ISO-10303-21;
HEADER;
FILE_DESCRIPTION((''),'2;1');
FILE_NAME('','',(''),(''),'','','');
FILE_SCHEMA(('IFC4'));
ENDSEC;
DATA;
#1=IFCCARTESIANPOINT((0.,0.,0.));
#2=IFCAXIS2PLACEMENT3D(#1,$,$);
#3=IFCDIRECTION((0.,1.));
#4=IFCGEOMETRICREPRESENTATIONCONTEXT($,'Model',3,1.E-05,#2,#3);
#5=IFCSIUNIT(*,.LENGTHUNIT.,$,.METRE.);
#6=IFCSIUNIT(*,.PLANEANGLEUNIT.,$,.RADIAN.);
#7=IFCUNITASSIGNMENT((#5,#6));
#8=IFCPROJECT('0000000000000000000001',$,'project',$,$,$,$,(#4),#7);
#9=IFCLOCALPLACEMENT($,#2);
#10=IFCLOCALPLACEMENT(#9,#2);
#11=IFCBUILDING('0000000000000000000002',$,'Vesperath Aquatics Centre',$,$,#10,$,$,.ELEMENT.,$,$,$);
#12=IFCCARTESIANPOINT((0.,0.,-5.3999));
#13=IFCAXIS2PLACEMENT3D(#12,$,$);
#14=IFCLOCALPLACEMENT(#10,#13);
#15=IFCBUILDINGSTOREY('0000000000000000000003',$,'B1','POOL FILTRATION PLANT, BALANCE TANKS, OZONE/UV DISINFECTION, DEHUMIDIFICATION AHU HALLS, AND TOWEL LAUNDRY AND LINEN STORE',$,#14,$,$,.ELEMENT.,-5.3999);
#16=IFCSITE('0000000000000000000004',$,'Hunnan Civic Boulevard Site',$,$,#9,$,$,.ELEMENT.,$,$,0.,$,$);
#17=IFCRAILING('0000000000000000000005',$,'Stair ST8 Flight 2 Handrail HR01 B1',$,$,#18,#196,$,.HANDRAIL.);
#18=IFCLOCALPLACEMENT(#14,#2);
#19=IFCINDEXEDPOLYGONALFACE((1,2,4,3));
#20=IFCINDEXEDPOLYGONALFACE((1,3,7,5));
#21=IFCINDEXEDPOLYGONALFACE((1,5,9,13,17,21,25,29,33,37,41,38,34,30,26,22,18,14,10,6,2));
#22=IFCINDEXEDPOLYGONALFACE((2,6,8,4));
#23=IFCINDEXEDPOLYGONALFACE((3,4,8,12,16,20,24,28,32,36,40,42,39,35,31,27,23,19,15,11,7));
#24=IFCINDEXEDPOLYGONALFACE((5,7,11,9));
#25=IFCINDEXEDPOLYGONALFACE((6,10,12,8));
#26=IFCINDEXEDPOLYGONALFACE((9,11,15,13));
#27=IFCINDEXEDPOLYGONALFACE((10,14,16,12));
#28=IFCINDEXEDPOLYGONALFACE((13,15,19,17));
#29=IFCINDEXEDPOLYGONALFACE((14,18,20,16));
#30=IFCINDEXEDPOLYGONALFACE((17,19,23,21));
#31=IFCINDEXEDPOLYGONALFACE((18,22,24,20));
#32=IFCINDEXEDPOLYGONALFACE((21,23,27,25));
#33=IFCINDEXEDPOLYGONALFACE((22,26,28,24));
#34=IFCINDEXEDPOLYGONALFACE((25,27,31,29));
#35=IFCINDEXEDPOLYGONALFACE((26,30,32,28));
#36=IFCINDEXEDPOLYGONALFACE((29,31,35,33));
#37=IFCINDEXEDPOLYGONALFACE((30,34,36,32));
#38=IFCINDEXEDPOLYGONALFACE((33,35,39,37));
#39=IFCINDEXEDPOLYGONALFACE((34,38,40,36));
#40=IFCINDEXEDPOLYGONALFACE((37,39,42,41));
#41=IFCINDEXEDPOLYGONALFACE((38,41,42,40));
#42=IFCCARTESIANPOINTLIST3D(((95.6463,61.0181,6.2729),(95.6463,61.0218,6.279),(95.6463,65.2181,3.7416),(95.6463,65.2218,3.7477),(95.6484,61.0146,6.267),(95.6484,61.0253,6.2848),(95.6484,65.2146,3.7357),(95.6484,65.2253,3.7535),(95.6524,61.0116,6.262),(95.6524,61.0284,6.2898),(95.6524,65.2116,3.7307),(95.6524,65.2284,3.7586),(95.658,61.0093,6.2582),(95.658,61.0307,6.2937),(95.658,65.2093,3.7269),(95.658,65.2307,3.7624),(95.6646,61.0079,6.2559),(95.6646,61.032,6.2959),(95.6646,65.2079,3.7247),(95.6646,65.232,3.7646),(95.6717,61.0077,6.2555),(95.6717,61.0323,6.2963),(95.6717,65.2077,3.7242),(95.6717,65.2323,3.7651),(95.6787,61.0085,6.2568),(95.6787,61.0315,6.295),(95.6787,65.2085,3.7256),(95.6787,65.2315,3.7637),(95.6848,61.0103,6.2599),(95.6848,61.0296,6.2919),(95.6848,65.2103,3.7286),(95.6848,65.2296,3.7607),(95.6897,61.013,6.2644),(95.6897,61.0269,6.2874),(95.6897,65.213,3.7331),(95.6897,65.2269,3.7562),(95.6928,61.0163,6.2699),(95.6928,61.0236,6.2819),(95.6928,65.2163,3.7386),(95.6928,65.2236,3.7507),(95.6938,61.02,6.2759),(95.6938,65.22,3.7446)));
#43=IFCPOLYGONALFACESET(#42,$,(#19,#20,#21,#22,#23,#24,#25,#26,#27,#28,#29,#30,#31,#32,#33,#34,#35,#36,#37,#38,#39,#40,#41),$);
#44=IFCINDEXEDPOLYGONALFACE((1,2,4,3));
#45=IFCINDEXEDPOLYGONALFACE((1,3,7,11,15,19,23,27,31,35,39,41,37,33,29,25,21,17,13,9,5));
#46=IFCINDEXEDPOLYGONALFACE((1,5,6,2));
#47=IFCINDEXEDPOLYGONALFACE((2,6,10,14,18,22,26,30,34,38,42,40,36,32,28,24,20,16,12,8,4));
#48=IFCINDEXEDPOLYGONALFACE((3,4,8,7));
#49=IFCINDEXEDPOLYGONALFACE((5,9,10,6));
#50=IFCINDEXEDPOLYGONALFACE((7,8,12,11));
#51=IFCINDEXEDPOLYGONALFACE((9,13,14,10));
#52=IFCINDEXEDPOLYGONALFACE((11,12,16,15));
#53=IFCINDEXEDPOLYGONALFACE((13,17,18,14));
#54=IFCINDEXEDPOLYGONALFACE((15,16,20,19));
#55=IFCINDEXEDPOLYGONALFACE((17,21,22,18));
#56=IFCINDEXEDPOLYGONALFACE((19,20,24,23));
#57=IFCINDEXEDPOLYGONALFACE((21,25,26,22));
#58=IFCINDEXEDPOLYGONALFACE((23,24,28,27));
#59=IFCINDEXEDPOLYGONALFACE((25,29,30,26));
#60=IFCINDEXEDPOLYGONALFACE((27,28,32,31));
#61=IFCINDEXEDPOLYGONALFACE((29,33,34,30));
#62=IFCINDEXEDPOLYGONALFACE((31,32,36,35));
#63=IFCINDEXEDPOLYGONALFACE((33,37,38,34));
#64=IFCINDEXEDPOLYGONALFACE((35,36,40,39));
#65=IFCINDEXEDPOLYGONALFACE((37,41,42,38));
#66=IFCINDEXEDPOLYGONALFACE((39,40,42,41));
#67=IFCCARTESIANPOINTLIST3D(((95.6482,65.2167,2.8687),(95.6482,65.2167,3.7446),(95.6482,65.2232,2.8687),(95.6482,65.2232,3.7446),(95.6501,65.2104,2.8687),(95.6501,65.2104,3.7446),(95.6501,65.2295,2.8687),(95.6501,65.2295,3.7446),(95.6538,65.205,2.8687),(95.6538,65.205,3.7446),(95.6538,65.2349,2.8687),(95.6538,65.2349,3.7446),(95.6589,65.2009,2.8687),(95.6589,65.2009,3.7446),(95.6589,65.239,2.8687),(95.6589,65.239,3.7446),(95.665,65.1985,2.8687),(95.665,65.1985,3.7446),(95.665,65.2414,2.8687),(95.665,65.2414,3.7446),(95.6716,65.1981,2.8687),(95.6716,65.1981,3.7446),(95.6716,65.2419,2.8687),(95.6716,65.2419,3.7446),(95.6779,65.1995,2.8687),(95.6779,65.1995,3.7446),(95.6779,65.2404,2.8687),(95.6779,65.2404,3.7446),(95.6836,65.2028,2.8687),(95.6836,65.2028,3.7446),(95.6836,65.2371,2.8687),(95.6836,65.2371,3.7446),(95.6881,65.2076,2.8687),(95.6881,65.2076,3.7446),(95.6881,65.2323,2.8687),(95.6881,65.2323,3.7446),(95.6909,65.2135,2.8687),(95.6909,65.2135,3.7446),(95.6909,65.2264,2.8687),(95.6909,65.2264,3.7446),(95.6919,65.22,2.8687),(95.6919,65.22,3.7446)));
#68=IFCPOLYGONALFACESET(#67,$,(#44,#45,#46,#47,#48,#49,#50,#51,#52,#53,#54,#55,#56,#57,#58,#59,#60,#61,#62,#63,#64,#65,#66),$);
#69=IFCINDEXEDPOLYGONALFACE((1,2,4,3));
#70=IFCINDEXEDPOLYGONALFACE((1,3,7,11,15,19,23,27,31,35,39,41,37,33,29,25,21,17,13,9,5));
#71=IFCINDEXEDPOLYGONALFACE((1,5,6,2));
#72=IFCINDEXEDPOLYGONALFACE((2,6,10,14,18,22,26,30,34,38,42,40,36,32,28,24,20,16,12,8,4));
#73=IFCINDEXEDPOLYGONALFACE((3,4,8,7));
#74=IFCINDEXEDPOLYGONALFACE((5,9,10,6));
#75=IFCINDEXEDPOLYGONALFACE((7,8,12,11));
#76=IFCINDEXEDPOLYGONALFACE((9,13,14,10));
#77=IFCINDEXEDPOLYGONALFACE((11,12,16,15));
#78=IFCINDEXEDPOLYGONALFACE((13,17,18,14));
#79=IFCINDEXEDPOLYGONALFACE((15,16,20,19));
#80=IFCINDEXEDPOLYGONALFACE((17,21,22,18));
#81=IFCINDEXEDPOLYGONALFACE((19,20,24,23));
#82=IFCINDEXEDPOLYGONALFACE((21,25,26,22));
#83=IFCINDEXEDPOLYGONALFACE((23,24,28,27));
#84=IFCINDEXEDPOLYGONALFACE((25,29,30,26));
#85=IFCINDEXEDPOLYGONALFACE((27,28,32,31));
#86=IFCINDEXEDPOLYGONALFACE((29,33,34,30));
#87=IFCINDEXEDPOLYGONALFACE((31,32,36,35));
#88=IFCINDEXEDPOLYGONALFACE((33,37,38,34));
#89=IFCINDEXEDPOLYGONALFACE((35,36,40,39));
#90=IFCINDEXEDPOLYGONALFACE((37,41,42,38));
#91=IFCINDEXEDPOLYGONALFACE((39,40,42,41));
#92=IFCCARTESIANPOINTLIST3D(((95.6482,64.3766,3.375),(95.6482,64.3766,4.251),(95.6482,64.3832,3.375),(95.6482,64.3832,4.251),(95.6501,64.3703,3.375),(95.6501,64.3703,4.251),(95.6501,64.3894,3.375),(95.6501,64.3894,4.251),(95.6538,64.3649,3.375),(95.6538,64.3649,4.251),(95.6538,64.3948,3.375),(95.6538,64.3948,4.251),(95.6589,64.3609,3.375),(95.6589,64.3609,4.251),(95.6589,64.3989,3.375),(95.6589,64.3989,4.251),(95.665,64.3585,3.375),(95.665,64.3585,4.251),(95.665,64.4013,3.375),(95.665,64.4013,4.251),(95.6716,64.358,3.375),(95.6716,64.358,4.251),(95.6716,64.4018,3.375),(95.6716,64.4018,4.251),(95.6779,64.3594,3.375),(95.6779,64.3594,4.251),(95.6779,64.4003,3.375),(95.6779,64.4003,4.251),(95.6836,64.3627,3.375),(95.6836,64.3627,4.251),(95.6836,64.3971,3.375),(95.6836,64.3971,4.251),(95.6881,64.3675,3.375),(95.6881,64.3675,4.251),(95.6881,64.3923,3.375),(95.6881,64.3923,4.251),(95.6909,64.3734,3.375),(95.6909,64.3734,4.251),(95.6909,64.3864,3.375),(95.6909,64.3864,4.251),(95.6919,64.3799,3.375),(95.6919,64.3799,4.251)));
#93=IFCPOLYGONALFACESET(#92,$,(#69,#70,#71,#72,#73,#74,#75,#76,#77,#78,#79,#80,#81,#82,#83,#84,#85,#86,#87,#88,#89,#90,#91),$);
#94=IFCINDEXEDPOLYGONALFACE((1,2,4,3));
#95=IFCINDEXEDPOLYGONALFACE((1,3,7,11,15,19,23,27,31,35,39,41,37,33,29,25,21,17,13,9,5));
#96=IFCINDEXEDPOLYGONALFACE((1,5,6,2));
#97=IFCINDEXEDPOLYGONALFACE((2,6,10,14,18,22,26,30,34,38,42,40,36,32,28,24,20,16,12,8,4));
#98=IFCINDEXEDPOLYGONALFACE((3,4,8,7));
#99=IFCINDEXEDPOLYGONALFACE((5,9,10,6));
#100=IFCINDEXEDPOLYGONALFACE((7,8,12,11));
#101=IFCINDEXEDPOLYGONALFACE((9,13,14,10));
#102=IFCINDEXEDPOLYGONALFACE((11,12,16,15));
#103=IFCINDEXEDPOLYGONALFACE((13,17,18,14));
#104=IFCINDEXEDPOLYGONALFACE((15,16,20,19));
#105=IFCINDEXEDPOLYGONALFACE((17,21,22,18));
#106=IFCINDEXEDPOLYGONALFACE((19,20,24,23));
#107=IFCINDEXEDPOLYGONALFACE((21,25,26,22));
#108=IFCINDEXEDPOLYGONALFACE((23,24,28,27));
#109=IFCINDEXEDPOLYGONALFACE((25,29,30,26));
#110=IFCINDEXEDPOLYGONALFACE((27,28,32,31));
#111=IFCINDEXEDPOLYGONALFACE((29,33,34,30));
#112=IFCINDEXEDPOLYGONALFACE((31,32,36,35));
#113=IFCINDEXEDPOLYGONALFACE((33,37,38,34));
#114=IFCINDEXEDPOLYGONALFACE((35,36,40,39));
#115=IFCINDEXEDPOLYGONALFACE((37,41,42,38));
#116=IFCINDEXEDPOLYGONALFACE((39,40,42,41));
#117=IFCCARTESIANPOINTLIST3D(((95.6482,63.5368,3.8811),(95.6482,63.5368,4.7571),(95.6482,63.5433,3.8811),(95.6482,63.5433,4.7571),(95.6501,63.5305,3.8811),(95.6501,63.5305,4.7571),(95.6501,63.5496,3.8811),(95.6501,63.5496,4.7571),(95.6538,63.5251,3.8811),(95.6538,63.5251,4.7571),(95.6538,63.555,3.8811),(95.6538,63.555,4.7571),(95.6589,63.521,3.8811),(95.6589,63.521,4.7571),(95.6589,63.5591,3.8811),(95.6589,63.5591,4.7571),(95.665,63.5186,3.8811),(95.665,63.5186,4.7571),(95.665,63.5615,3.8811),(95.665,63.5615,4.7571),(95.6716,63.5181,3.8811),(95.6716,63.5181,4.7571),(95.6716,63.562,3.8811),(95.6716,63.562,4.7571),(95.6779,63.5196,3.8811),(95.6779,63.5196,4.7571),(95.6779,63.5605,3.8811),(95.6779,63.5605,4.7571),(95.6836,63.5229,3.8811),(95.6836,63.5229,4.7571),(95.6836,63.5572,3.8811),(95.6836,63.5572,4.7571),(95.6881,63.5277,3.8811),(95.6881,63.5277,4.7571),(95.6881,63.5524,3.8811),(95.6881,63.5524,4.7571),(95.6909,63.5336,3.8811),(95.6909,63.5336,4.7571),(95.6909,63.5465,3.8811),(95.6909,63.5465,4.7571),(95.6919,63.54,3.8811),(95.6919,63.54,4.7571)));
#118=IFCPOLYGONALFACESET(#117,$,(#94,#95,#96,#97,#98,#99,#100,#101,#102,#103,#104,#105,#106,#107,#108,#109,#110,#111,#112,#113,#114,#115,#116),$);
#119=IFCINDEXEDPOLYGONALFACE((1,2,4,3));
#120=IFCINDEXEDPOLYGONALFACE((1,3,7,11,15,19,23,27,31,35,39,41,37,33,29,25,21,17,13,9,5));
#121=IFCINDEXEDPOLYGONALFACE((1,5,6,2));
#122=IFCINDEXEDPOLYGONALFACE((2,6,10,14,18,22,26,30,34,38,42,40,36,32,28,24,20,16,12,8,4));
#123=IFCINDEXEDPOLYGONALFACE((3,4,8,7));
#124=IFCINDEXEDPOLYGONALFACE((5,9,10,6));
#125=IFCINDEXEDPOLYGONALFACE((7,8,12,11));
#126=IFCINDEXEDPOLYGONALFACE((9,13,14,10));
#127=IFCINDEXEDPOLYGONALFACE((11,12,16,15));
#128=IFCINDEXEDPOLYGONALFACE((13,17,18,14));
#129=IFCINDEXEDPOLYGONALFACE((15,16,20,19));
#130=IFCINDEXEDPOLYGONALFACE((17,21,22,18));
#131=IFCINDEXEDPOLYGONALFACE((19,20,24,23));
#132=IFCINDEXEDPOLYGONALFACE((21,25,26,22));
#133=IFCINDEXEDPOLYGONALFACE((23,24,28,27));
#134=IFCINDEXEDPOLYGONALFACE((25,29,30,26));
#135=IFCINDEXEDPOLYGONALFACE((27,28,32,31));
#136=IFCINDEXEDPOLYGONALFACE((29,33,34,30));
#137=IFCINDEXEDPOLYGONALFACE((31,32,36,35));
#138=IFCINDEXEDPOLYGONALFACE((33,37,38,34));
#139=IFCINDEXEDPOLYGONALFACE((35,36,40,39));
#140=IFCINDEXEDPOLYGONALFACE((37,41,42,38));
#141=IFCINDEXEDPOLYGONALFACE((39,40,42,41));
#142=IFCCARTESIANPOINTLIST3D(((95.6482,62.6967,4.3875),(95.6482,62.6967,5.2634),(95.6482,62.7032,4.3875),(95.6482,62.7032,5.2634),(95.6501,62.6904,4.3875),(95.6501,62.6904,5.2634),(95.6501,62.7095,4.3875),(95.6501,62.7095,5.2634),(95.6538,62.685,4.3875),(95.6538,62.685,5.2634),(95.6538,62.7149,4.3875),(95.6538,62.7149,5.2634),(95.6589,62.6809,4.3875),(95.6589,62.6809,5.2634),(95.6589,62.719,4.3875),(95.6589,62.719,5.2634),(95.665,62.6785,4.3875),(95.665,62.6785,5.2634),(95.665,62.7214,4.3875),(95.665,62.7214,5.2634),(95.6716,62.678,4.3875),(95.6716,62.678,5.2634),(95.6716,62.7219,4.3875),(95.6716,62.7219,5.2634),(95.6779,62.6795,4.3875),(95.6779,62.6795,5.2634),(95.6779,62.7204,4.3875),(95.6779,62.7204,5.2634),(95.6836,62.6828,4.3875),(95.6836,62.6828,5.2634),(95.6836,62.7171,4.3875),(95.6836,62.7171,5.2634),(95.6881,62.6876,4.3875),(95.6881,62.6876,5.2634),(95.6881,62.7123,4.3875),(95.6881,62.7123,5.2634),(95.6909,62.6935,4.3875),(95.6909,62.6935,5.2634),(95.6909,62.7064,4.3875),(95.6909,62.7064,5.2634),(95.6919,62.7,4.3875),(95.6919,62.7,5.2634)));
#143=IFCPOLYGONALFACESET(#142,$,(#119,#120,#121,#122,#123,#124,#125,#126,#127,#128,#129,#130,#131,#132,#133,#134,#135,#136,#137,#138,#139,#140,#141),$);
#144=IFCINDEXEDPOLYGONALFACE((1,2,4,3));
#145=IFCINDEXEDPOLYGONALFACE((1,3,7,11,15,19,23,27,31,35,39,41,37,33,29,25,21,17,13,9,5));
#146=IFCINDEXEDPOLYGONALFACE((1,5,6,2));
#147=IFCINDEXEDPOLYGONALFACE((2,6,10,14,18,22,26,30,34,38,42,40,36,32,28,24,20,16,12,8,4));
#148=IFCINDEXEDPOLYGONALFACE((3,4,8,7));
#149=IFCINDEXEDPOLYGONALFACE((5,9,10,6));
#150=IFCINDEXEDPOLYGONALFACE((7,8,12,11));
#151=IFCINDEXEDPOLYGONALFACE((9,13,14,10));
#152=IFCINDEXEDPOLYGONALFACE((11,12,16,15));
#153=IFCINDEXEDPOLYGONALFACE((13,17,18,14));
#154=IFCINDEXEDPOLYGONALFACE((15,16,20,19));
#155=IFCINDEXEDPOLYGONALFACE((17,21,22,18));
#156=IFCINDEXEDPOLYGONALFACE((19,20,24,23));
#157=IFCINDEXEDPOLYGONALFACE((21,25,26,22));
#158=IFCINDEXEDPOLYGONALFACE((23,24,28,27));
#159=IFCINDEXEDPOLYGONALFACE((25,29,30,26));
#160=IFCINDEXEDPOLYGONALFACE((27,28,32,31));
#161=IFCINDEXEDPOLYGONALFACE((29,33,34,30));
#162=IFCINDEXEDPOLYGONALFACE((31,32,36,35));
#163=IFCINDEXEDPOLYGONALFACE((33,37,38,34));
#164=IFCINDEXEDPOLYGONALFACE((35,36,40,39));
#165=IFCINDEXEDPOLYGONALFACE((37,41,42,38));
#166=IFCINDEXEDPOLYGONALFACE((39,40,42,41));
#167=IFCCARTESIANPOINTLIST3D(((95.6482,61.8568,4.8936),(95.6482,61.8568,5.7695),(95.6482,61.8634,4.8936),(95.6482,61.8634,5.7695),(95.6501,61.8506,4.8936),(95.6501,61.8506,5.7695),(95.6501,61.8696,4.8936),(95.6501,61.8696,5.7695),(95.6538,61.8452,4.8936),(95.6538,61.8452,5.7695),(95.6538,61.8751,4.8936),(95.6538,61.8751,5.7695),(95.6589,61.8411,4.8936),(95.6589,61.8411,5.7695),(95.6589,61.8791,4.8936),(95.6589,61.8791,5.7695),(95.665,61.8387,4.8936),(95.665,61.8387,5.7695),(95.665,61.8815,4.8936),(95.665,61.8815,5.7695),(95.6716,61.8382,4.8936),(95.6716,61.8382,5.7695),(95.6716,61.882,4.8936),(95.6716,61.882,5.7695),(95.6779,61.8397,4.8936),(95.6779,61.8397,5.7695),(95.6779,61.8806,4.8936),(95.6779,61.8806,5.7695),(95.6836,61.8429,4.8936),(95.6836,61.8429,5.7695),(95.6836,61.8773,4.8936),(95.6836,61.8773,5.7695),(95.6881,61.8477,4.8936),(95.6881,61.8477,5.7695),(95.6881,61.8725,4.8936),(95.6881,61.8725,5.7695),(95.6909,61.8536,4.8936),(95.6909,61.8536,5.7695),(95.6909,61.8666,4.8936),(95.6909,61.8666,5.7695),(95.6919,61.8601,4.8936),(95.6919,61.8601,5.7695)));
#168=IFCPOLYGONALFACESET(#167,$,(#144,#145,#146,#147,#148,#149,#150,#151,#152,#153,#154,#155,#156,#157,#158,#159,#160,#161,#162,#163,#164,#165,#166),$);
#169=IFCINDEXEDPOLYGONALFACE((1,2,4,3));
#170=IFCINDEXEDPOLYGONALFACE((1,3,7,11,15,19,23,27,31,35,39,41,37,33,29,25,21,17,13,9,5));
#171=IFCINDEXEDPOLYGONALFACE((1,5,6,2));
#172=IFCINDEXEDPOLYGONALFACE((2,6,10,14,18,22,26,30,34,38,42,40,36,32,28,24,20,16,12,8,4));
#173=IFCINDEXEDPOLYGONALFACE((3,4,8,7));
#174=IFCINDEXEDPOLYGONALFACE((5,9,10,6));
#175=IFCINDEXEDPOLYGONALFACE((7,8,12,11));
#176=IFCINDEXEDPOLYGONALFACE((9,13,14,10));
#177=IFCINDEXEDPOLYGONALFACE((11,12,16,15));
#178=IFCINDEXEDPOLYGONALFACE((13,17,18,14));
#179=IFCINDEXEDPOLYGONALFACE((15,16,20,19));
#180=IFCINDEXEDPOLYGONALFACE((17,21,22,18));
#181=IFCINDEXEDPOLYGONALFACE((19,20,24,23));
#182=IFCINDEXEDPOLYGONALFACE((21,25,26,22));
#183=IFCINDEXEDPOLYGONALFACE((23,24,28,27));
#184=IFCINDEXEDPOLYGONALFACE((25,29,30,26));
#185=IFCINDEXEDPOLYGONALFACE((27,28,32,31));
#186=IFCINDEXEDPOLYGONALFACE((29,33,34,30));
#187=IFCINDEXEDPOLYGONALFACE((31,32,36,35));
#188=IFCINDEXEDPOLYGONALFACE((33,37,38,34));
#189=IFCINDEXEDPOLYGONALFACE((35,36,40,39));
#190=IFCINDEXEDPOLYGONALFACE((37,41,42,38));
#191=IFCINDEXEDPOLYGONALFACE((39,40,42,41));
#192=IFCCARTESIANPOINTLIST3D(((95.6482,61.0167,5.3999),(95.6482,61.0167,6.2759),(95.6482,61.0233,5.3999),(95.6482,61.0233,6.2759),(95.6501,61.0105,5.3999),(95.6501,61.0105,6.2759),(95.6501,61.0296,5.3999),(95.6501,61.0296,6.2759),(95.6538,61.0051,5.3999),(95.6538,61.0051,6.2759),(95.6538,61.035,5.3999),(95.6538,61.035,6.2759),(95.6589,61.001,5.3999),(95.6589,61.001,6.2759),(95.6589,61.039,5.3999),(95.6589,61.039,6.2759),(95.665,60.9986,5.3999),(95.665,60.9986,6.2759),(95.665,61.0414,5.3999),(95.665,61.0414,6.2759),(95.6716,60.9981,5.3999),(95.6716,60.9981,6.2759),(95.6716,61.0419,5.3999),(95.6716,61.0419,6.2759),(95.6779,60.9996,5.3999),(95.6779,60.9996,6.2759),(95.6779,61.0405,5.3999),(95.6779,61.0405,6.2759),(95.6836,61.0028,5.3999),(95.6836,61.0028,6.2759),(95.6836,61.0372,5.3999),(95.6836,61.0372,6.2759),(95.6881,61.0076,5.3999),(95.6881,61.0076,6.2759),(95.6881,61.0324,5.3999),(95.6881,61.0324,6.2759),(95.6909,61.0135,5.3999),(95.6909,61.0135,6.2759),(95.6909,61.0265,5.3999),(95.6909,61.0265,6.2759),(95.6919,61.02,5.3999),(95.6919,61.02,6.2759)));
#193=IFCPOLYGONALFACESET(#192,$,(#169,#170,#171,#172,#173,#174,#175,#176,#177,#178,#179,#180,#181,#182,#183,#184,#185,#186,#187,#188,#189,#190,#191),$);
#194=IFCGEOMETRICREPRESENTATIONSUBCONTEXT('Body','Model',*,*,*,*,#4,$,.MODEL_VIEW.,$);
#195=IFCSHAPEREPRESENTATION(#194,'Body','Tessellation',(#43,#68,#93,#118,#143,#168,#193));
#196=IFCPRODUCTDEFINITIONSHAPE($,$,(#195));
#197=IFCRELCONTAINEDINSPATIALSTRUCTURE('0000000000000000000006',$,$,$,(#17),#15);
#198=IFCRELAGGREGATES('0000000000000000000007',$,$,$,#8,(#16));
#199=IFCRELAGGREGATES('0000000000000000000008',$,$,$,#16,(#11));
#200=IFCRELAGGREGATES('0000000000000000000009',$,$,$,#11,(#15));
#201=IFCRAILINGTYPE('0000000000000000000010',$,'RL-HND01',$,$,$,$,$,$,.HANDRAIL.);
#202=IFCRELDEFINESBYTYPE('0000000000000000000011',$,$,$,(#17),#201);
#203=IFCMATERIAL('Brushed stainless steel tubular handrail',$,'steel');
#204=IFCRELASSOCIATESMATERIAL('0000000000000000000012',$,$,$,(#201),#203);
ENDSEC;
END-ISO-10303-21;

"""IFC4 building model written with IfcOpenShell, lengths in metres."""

from ifc_helpers import new_model, si_unit, direction, frame, origin, origin_2d, place, context, subcontext, project, spatial, circle, extrude, material, type_object, element, save


model = new_model("IFC4")

# Units and contexts
model_context = context("Model", 3, precision=1e-05, world=origin(), true_north=direction((0.0, 1.0)))
body_context = subcontext(model_context, "Body", "Model", "MODEL_VIEW")
ifc_project = project(units=[si_unit("LENGTHUNIT", "METRE"), si_unit("PLANEANGLEUNIT", "RADIAN")], contexts=[model_context])

# Site, building, storey
site_placement = place(None, origin())
site = spatial("IfcSite", under=ifc_project, at=site_placement, Name="Hunnan Civic Boulevard Site", CompositionType="ELEMENT", RefElevation=0.0)
building_placement = place(site_placement, origin())
building = spatial("IfcBuilding", under=site, at=building_placement, Name="Vesperath Aquatics Centre", CompositionType="ELEMENT")
storey_placement = place(building_placement, frame((0.0, 0.0, -5.3999)))
storey = spatial("IfcBuildingStorey", under=building, at=storey_placement, Name="B1", Description="POOL FILTRATION PLANT, BALANCE TANKS, OZONE/UV DISINFECTION, DEHUMIDIFICATION AHU HALLS, AND TOWEL LAUNDRY AND LINEN STORE", CompositionType="ELEMENT", Elevation=-5.3999)

# Railing
ifc_material_1 = material(Name="Brushed stainless steel tubular handrail", Category="steel")
railing_type_1 = type_object("IfcRailingType", Name="RL-HND01", PredefinedType="HANDRAIL", material=ifc_material_1)
railing_1_placement = place(storey_placement, frame((95.6699, 65.22, 2.8687)))
element("IfcRailing", 1, at=railing_1_placement, inside=storey, type_object=railing_type_1, Name="Stair ST8 Flight 2 Handrail HR01 B1", PredefinedType="HANDRAIL", context=body_context, shape_type="SweptSolid", body=[
    extrude(circle(Radius=0.0239, at=origin_2d()), frame((0.0, 0.0, 0.876), z_axis=(0.0, -0.856476, 0.516186), x_axis=(1.0, 0.0, 0.0)), (0.0, 0.0, 1.0), 4.9038),
    extrude(circle(Radius=0.022, at=origin_2d()), origin(), (0.0, 0.0, 1.0), 0.876),
    extrude(circle(Radius=0.022, at=origin_2d()), frame((0.0, -0.8401, 0.5063)), (0.0, 0.0, 1.0), 0.876),
    extrude(circle(Radius=0.022, at=origin_2d()), frame((0.0, -1.6799, 1.0125)), (0.0, 0.0, 1.0), 0.876),
    extrude(circle(Radius=0.022, at=origin_2d()), frame((0.0, -2.52, 1.5188)), (0.0, 0.0, 1.0), 0.876),
    extrude(circle(Radius=0.022, at=origin_2d()), frame((0.0, -3.3599, 2.0249)), (0.0, 0.0, 1.0), 0.876),
    extrude(circle(Radius=0.022, at=origin_2d()), frame((0.0, -4.2, 2.5312)), (0.0, 0.0, 1.0), 0.876),
])

save(model, "model.ifc")
